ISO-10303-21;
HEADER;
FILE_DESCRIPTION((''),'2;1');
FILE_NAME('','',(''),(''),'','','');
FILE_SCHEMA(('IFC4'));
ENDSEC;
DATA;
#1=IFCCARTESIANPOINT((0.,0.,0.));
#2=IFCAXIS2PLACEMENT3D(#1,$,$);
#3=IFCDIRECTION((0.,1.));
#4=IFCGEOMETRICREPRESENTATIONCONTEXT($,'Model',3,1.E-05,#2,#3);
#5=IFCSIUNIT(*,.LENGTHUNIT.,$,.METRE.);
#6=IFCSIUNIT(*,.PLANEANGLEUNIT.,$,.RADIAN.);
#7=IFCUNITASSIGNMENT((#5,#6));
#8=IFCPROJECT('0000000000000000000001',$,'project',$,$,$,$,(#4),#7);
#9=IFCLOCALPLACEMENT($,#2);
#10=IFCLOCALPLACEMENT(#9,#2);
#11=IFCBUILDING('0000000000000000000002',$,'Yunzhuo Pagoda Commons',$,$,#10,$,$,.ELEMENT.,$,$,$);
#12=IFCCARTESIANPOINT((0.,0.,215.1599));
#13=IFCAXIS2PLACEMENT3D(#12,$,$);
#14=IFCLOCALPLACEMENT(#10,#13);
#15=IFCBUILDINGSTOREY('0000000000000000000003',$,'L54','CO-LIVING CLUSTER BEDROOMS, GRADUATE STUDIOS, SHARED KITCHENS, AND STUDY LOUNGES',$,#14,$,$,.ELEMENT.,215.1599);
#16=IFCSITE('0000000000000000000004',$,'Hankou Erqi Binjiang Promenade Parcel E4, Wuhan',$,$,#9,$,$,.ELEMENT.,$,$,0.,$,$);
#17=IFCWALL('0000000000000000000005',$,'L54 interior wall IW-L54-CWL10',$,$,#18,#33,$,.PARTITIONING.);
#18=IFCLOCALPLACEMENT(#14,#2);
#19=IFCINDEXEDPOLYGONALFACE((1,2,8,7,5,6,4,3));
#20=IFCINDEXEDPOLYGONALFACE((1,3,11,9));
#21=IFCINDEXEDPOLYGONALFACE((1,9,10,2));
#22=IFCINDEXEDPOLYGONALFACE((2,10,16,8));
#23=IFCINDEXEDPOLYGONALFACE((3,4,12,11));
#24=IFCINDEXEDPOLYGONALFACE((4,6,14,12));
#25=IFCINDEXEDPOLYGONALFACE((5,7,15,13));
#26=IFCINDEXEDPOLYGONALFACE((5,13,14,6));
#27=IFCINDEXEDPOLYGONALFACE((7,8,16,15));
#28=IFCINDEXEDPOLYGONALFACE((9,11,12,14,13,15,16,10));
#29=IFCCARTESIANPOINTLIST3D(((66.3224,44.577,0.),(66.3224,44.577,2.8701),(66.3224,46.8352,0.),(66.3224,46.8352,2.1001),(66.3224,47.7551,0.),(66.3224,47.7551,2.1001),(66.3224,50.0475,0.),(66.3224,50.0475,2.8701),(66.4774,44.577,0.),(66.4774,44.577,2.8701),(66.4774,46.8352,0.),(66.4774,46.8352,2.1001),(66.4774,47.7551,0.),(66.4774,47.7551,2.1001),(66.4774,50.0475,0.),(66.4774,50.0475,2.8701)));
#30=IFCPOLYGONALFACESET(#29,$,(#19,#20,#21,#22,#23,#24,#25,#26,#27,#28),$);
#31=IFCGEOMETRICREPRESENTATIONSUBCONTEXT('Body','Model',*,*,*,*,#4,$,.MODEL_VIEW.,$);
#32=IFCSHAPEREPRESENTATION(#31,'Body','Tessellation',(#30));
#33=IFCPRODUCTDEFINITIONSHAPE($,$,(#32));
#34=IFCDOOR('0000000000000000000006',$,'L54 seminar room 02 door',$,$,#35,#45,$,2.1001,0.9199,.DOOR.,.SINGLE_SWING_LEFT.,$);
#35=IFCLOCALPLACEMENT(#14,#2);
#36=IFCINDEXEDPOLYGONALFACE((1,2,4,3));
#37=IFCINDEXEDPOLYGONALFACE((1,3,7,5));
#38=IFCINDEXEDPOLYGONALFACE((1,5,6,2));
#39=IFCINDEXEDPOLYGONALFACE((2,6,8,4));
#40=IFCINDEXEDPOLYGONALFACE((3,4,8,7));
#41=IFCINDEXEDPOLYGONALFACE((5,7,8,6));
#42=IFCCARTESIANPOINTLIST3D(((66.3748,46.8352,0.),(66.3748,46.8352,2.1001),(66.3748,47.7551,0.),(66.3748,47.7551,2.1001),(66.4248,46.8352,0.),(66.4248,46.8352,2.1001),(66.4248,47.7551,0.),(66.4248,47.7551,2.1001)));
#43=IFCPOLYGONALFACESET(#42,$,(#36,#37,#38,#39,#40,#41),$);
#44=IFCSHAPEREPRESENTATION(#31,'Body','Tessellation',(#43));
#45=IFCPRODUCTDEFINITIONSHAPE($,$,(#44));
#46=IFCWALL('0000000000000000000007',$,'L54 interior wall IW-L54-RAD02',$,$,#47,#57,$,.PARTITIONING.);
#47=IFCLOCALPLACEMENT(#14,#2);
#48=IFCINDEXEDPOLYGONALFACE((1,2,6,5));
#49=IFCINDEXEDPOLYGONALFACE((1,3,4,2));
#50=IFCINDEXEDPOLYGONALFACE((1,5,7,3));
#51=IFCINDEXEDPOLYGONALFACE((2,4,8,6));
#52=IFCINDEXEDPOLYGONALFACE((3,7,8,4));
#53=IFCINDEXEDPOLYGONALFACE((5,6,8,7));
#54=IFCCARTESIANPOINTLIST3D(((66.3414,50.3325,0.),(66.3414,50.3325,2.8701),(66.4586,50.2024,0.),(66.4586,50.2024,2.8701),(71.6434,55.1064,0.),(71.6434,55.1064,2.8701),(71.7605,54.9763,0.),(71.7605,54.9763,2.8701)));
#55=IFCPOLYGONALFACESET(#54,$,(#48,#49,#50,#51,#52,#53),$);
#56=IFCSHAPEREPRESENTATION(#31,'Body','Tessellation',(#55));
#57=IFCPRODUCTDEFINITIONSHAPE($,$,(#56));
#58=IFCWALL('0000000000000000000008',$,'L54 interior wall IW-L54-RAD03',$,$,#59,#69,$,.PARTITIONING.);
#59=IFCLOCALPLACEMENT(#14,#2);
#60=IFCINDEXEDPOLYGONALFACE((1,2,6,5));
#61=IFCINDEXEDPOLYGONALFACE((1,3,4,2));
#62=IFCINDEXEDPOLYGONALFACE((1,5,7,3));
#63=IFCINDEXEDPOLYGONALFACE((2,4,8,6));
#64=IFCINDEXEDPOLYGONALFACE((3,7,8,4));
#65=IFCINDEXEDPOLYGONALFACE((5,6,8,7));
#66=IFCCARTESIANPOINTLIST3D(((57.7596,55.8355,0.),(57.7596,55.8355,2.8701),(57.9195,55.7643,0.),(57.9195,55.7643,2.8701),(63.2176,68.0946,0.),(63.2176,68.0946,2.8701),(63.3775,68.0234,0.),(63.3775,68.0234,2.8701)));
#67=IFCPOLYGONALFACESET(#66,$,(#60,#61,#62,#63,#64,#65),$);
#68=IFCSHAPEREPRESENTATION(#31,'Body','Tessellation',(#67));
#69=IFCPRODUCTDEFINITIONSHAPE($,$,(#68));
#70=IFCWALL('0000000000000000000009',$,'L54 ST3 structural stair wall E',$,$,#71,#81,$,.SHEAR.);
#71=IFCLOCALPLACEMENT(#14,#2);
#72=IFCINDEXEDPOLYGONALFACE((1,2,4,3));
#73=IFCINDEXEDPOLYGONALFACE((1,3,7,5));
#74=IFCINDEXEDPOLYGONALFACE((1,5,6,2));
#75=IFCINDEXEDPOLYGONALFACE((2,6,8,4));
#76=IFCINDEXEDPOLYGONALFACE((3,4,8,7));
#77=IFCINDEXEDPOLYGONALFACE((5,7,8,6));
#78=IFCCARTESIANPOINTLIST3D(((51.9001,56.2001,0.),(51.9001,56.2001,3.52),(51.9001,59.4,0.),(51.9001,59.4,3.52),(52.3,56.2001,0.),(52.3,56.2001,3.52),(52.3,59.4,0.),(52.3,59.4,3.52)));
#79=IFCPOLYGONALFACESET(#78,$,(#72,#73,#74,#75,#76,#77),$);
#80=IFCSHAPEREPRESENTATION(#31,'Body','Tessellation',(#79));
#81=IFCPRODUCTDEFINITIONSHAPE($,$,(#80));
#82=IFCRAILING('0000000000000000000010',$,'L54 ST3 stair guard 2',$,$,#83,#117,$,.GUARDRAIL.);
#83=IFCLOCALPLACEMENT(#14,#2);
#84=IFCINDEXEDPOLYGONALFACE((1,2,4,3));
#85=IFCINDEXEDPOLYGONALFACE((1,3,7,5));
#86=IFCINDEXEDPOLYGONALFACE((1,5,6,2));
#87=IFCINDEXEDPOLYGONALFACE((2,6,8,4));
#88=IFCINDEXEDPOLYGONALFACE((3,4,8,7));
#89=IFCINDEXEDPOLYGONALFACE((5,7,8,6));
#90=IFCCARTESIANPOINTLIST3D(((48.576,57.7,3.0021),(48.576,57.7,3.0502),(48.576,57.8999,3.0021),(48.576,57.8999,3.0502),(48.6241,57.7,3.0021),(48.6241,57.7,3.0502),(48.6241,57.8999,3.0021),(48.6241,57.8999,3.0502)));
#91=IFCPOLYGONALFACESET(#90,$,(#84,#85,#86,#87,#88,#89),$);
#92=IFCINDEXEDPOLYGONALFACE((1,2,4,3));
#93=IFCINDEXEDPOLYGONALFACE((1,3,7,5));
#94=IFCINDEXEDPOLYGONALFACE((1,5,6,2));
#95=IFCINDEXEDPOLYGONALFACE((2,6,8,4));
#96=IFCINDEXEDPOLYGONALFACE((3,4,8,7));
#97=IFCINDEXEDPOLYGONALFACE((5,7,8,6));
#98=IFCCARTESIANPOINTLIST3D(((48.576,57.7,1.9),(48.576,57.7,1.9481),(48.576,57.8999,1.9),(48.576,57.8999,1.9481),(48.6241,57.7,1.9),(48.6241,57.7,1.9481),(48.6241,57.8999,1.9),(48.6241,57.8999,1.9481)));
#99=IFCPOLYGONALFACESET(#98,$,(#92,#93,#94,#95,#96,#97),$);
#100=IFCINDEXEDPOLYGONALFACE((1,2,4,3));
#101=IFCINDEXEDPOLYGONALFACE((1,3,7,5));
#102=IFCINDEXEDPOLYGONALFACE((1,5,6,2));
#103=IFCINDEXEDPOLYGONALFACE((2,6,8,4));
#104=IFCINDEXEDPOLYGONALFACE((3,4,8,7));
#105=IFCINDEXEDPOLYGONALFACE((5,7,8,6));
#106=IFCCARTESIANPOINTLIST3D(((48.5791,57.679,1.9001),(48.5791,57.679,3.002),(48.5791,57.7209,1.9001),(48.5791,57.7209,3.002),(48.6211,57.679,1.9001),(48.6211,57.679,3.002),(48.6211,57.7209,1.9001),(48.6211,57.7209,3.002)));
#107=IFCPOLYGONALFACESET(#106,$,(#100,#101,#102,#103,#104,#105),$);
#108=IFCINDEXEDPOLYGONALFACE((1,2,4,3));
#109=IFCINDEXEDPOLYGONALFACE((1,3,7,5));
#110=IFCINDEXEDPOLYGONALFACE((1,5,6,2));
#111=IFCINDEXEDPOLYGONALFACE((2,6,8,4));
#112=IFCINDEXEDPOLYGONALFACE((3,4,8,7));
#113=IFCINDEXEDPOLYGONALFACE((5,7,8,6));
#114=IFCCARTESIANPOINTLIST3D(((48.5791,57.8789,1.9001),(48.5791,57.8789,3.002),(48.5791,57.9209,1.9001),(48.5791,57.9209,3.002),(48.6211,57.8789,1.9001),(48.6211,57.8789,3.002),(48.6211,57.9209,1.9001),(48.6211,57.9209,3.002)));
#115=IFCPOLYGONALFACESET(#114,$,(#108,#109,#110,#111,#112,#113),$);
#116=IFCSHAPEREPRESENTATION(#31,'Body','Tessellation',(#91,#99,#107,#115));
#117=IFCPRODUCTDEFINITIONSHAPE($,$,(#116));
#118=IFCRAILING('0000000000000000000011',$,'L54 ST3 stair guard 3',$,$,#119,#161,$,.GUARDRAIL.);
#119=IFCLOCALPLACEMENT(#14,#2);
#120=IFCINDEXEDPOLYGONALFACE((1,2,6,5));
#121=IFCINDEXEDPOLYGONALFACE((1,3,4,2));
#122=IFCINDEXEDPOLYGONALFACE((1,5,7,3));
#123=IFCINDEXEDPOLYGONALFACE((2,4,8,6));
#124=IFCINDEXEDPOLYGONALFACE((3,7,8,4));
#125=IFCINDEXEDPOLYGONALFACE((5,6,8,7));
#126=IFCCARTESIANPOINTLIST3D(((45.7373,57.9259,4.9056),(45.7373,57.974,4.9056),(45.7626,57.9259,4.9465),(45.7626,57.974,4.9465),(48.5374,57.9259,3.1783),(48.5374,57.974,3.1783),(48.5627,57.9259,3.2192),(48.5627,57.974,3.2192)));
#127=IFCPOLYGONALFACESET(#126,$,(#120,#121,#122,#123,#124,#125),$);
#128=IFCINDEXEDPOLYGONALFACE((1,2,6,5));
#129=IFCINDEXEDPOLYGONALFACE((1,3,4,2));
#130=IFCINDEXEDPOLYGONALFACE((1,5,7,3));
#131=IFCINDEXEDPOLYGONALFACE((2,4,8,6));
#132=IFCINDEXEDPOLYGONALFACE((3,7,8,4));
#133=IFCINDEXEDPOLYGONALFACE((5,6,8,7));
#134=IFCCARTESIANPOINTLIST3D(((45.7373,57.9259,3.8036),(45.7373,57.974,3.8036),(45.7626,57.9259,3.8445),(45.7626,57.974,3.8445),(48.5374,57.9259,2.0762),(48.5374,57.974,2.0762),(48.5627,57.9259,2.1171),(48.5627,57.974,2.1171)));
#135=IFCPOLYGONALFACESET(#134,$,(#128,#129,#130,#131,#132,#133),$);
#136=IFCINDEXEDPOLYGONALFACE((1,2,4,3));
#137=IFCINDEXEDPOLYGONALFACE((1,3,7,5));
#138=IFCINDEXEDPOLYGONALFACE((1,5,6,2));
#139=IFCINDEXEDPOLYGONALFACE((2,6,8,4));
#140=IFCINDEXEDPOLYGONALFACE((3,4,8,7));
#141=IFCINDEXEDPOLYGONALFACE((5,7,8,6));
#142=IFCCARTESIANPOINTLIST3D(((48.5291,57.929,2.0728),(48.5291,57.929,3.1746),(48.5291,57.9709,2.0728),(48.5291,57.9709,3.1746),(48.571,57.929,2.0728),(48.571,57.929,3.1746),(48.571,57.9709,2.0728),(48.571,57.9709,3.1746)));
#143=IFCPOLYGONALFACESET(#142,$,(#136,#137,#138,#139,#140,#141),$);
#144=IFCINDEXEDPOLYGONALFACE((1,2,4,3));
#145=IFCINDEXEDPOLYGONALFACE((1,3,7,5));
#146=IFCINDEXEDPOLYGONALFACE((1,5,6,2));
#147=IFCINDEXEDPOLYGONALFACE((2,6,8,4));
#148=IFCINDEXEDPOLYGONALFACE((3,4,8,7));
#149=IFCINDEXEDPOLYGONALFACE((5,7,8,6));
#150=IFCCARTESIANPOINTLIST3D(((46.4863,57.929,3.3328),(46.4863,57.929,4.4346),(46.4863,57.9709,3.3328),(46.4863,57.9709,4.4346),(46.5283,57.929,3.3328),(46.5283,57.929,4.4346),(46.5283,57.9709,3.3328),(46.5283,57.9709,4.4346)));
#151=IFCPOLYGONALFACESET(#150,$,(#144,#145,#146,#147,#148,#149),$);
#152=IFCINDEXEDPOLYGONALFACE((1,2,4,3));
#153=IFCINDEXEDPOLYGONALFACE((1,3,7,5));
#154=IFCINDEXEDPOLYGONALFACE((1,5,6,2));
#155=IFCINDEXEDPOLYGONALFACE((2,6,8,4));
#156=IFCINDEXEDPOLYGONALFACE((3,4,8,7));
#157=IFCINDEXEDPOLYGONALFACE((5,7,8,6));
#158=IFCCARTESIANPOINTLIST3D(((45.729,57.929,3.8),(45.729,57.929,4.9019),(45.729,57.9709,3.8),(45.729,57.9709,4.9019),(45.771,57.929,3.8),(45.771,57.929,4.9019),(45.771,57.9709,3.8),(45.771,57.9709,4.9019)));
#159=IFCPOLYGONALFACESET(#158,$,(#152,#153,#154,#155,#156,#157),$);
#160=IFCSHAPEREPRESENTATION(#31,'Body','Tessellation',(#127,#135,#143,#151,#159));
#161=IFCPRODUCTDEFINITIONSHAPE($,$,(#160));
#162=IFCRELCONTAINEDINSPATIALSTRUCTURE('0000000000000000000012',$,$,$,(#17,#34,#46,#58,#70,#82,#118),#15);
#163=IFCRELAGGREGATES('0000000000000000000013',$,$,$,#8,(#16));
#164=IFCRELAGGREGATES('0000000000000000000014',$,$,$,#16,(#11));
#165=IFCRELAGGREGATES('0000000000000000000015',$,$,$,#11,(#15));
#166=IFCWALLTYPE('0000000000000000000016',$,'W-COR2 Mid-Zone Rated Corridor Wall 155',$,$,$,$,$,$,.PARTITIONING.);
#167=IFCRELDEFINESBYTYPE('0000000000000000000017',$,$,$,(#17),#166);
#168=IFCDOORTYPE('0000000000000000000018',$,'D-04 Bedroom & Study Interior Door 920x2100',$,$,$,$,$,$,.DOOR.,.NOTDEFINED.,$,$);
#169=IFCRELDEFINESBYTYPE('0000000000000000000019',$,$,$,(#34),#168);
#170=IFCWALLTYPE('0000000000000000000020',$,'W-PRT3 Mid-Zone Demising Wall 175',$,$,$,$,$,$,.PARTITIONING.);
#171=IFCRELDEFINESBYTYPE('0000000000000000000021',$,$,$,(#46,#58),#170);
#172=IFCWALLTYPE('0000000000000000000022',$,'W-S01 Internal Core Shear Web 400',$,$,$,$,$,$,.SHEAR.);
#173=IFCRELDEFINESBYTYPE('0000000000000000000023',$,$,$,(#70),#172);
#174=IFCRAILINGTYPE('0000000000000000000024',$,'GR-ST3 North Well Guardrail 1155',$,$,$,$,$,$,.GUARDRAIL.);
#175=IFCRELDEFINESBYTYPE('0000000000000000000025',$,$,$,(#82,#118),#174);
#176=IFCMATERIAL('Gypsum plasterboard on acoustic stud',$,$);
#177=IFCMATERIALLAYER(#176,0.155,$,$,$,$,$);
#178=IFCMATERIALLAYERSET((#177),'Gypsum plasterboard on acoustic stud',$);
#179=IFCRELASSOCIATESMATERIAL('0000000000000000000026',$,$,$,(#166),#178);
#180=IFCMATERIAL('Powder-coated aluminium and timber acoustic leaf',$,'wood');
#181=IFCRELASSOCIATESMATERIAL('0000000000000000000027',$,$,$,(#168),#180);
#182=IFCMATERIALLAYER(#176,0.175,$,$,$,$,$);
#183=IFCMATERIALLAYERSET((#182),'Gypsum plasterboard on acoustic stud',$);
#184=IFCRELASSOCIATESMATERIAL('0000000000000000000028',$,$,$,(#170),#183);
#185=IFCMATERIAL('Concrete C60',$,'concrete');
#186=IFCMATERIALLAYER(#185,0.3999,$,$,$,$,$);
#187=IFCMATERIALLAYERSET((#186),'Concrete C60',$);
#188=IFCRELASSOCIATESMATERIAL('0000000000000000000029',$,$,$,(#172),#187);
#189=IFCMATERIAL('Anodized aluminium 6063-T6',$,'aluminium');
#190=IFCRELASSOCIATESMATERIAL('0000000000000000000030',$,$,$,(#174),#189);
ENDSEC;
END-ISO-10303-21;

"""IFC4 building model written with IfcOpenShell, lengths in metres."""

from ifc_helpers import new_model, si_unit, direction, frame, frame_2d, origin, origin_with_axes, origin_2d, place, context, subcontext, project, spatial, rectangle, extrude, source, transform, mapped, material, layer, layer_set, type_object, element, fill, save


model = new_model("IFC4")

# Units and contexts
model_context = context("Model", 3, precision=1e-05, world=origin(), true_north=direction((0.0, 1.0)))
body_context = subcontext(model_context, "Body", "Model", "MODEL_VIEW")
ifc_project = project(units=[si_unit("LENGTHUNIT", "METRE"), si_unit("PLANEANGLEUNIT", "RADIAN")], contexts=[model_context])

# Site, building, storey
site_placement = place(None, origin())
site = spatial("IfcSite", under=ifc_project, at=site_placement, Name="Hankou Erqi Binjiang Promenade Parcel E4, Wuhan", CompositionType="ELEMENT", RefElevation=0.0)
building_placement = place(site_placement, origin())
building = spatial("IfcBuilding", under=site, at=building_placement, Name="Yunzhuo Pagoda Commons", CompositionType="ELEMENT")
storey_placement = place(building_placement, frame((0.0, 0.0, 215.1599)))
storey = spatial("IfcBuildingStorey", under=building, at=storey_placement, Name="L54", Description="CO-LIVING CLUSTER BEDROOMS, GRADUATE STUDIOS, SHARED KITCHENS, AND STUDY LOUNGES", CompositionType="ELEMENT", Elevation=215.1599)

# Shared definitions
ifc_material_1 = material(Name="Anodized aluminium 6063-T6", Category="aluminium")

# Shared definitions
ifc_material_2 = material(Name="Gypsum plasterboard on acoustic stud")
ifc_layer_1 = layer(ifc_material_2, 0.155)
ifc_layer_set_1 = layer_set([ifc_layer_1], Name="Gypsum plasterboard on acoustic stud")
wall_type_1 = type_object("IfcWallType", Name="W-COR2 Mid-Zone Rated Corridor Wall 155", PredefinedType="PARTITIONING", material=ifc_layer_set_1)

# Shared definitions
ifc_material_3 = material(Name="Powder-coated aluminium and timber acoustic leaf", Category="wood")
door_type = type_object("IfcDoorType", Name="D-04 Bedroom & Study Interior Door 920x2100", OperationType="NOTDEFINED", PredefinedType="DOOR", material=ifc_material_3)
shared_shape_1 = source(origin(), body_context, "Body", "SweptSolid", [
    extrude(rectangle(XDim=0.9199, YDim=2.1001, at=frame_2d((0.46, 1.05))), frame((0.0, 0.0249, 0.0), z_axis=(0.0, -1.0, 0.0), x_axis=(1.0, 0.0, 0.0)), (0.0, 0.0, 1.0), 0.05),
])

# Wall, opening, door
wall_1_placement = place(storey_placement, frame((66.3999, 50.0476, 0.0), z_axis=(0.0, 0.0, 1.0), x_axis=(0.0, -1.0, 0.0)))
wall_1 = element("IfcWall", 1, at=wall_1_placement, inside=storey, type_object=wall_type_1, Name="L54 interior wall IW-L54-CWL10", PredefinedType="PARTITIONING", context=body_context, shape_type="SweptSolid", body=[
    extrude(rectangle(XDim=5.4705, YDim=0.155, at=frame_2d((2.7354, 0.0))), origin(), (0.0, 0.0, 1.0), 2.8701),
])
opening_1_placement = place(wall_1_placement, frame((2.2925, 0.0, 0.0)))
opening_1 = element("IfcOpeningElement", 2, at=opening_1_placement, cuts=wall_1, PredefinedType="OPENING", context=body_context, shape_type="SweptSolid", body=[
    extrude(rectangle(XDim=0.9199, YDim=2.1001, at=frame_2d((0.46, 1.05))), frame((0.0, 0.0874, 0.0), z_axis=(0.0, -1.0, 0.0), x_axis=(1.0, 0.0, 0.0)), (0.0, 0.0, 1.0), 0.175),
])
door_1_placement = place(opening_1_placement, origin_with_axes())
door_1 = element("IfcDoor", 3, at=door_1_placement, inside=storey, type_object=door_type, Name="L54 seminar room 02 door", OperationType="SINGLE_SWING_LEFT", OverallHeight=2.1001, OverallWidth=0.9199, PredefinedType="DOOR", context=body_context, shape_type="MappedRepresentation", body=[
    mapped(shared_shape_1, transform((0.0, 0.0, 0.0), scale=1.0)),
])
fill(opening_1, door_1)

# Walls
ifc_layer_2 = layer(ifc_material_2, 0.175)
ifc_layer_set_2 = layer_set([ifc_layer_2], Name="Gypsum plasterboard on acoustic stud")
wall_type_2 = type_object("IfcWallType", Name="W-PRT3 Mid-Zone Demising Wall 175", PredefinedType="PARTITIONING", material=ifc_layer_set_2)
wall_2_placement = place(storey_placement, frame((66.3999, 50.2673, 0.0), z_axis=(0.0, 0.0, 1.0), x_axis=(0.743146, 0.669129, 0.0)))
element("IfcWall", 4, at=wall_2_placement, inside=storey, type_object=wall_type_2, Name="L54 interior wall IW-L54-RAD02", PredefinedType="PARTITIONING", context=body_context, shape_type="SweptSolid", body=[
    extrude(rectangle(XDim=7.1345, YDim=0.175, at=frame_2d((3.5674, 0.0))), origin(), (0.0, 0.0, 1.0), 2.8701),
])
wall_3_placement = place(storey_placement, frame((57.8396, 55.8, 0.0), z_axis=(0.0, 0.0, 1.0), x_axis=(0.406733, 0.913547, 0.0)))
element("IfcWall", 5, at=wall_3_placement, inside=storey, type_object=wall_type_2, Name="L54 interior wall IW-L54-RAD03", PredefinedType="PARTITIONING", context=body_context, shape_type="SweptSolid", body=[
    extrude(rectangle(XDim=13.4192, YDim=0.175, at=frame_2d((6.7095, 0.0))), origin(), (0.0, 0.0, 1.0), 2.8701),
])
ifc_material_4 = material(Name="Concrete C60", Category="concrete")
ifc_layer_3 = layer(ifc_material_4, 0.3999)
ifc_layer_set_3 = layer_set([ifc_layer_3], Name="Concrete C60")
wall_type_3 = type_object("IfcWallType", Name="W-S01 Internal Core Shear Web 400", PredefinedType="SHEAR", material=ifc_layer_set_3)
wall_4_placement = place(storey_placement, frame((52.1001, 56.2, 0.0), z_axis=(0.0, 0.0, 1.0), x_axis=(0.0, 1.0, 0.0)))
element("IfcWall", 6, at=wall_4_placement, inside=storey, type_object=wall_type_3, Name="L54 ST3 structural stair wall E", PredefinedType="SHEAR", context=body_context, shape_type="SweptSolid", body=[
    extrude(rectangle(XDim=3.2, YDim=0.3999, at=frame_2d((1.6001, 0.0))), origin(), (0.0, 0.0, 1.0), 3.52),
])

# Railings
railing_type = type_object("IfcRailingType", Name="GR-ST3 North Well Guardrail 1155", PredefinedType="GUARDRAIL", material=ifc_material_1)
railing_1_placement = place(storey_placement, frame((48.6001, 57.7, 1.9001)))
element("IfcRailing", 7, at=railing_1_placement, inside=storey, type_object=railing_type, Name="L54 ST3 stair guard 2", PredefinedType="GUARDRAIL", context=body_context, shape_type="SweptSolid", body=[
    extrude(rectangle(XDim=0.0481, YDim=0.0481, at=origin_2d()), frame((0.0, 0.0, 1.126), z_axis=(0.0, 1.0, 0.0), x_axis=(-1.0, 0.0, 0.0)), (0.0, 0.0, 1.0), 0.2),
    extrude(rectangle(XDim=0.0481, YDim=0.0481, at=origin_2d()), frame((0.0, 0.0, 0.0239), z_axis=(0.0, 1.0, 0.0), x_axis=(-1.0, 0.0, 0.0)), (0.0, 0.0, 1.0), 0.2),
    extrude(rectangle(XDim=0.042, YDim=0.042, at=origin_2d()), origin(), (0.0, 0.0, 1.0), 1.1018),
    extrude(rectangle(XDim=0.042, YDim=0.042, at=origin_2d()), frame((0.0, 0.2, 0.0)), (0.0, 0.0, 1.0), 1.1018),
])
railing_2_placement = place(storey_placement, frame((48.55, 57.95, 2.0728)))
element("IfcRailing", 8, at=railing_2_placement, inside=storey, type_object=railing_type, Name="L54 ST3 stair guard 3", PredefinedType="GUARDRAIL", context=body_context, shape_type="SweptSolid", body=[
    extrude(rectangle(XDim=0.0481, YDim=0.0481, at=origin_2d()), frame((0.0, 0.0, 1.126), z_axis=(-0.85109, 0.0, 0.52502), x_axis=(0.0, -1.0, 0.0)), (0.0, 0.0, 1.0), 3.29),
    extrude(rectangle(XDim=0.0481, YDim=0.0481, at=origin_2d()), frame((0.0, 0.0, 0.0239), z_axis=(-0.85109, 0.0, 0.52502), x_axis=(0.0, -1.0, 0.0)), (0.0, 0.0, 1.0), 3.29),
    extrude(rectangle(XDim=0.042, YDim=0.042, at=origin_2d()), origin(), (0.0, 0.0, 1.0), 1.1018),
    extrude(rectangle(XDim=0.042, YDim=0.042, at=origin_2d()), frame((-2.0427, 0.0, 1.26)), (0.0, 0.0, 1.0), 1.1018),
    extrude(rectangle(XDim=0.042, YDim=0.042, at=origin_2d()), frame((-2.8, 0.0, 1.7273)), (0.0, 0.0, 1.0), 1.1018),
])

save(model, "model.ifc")
